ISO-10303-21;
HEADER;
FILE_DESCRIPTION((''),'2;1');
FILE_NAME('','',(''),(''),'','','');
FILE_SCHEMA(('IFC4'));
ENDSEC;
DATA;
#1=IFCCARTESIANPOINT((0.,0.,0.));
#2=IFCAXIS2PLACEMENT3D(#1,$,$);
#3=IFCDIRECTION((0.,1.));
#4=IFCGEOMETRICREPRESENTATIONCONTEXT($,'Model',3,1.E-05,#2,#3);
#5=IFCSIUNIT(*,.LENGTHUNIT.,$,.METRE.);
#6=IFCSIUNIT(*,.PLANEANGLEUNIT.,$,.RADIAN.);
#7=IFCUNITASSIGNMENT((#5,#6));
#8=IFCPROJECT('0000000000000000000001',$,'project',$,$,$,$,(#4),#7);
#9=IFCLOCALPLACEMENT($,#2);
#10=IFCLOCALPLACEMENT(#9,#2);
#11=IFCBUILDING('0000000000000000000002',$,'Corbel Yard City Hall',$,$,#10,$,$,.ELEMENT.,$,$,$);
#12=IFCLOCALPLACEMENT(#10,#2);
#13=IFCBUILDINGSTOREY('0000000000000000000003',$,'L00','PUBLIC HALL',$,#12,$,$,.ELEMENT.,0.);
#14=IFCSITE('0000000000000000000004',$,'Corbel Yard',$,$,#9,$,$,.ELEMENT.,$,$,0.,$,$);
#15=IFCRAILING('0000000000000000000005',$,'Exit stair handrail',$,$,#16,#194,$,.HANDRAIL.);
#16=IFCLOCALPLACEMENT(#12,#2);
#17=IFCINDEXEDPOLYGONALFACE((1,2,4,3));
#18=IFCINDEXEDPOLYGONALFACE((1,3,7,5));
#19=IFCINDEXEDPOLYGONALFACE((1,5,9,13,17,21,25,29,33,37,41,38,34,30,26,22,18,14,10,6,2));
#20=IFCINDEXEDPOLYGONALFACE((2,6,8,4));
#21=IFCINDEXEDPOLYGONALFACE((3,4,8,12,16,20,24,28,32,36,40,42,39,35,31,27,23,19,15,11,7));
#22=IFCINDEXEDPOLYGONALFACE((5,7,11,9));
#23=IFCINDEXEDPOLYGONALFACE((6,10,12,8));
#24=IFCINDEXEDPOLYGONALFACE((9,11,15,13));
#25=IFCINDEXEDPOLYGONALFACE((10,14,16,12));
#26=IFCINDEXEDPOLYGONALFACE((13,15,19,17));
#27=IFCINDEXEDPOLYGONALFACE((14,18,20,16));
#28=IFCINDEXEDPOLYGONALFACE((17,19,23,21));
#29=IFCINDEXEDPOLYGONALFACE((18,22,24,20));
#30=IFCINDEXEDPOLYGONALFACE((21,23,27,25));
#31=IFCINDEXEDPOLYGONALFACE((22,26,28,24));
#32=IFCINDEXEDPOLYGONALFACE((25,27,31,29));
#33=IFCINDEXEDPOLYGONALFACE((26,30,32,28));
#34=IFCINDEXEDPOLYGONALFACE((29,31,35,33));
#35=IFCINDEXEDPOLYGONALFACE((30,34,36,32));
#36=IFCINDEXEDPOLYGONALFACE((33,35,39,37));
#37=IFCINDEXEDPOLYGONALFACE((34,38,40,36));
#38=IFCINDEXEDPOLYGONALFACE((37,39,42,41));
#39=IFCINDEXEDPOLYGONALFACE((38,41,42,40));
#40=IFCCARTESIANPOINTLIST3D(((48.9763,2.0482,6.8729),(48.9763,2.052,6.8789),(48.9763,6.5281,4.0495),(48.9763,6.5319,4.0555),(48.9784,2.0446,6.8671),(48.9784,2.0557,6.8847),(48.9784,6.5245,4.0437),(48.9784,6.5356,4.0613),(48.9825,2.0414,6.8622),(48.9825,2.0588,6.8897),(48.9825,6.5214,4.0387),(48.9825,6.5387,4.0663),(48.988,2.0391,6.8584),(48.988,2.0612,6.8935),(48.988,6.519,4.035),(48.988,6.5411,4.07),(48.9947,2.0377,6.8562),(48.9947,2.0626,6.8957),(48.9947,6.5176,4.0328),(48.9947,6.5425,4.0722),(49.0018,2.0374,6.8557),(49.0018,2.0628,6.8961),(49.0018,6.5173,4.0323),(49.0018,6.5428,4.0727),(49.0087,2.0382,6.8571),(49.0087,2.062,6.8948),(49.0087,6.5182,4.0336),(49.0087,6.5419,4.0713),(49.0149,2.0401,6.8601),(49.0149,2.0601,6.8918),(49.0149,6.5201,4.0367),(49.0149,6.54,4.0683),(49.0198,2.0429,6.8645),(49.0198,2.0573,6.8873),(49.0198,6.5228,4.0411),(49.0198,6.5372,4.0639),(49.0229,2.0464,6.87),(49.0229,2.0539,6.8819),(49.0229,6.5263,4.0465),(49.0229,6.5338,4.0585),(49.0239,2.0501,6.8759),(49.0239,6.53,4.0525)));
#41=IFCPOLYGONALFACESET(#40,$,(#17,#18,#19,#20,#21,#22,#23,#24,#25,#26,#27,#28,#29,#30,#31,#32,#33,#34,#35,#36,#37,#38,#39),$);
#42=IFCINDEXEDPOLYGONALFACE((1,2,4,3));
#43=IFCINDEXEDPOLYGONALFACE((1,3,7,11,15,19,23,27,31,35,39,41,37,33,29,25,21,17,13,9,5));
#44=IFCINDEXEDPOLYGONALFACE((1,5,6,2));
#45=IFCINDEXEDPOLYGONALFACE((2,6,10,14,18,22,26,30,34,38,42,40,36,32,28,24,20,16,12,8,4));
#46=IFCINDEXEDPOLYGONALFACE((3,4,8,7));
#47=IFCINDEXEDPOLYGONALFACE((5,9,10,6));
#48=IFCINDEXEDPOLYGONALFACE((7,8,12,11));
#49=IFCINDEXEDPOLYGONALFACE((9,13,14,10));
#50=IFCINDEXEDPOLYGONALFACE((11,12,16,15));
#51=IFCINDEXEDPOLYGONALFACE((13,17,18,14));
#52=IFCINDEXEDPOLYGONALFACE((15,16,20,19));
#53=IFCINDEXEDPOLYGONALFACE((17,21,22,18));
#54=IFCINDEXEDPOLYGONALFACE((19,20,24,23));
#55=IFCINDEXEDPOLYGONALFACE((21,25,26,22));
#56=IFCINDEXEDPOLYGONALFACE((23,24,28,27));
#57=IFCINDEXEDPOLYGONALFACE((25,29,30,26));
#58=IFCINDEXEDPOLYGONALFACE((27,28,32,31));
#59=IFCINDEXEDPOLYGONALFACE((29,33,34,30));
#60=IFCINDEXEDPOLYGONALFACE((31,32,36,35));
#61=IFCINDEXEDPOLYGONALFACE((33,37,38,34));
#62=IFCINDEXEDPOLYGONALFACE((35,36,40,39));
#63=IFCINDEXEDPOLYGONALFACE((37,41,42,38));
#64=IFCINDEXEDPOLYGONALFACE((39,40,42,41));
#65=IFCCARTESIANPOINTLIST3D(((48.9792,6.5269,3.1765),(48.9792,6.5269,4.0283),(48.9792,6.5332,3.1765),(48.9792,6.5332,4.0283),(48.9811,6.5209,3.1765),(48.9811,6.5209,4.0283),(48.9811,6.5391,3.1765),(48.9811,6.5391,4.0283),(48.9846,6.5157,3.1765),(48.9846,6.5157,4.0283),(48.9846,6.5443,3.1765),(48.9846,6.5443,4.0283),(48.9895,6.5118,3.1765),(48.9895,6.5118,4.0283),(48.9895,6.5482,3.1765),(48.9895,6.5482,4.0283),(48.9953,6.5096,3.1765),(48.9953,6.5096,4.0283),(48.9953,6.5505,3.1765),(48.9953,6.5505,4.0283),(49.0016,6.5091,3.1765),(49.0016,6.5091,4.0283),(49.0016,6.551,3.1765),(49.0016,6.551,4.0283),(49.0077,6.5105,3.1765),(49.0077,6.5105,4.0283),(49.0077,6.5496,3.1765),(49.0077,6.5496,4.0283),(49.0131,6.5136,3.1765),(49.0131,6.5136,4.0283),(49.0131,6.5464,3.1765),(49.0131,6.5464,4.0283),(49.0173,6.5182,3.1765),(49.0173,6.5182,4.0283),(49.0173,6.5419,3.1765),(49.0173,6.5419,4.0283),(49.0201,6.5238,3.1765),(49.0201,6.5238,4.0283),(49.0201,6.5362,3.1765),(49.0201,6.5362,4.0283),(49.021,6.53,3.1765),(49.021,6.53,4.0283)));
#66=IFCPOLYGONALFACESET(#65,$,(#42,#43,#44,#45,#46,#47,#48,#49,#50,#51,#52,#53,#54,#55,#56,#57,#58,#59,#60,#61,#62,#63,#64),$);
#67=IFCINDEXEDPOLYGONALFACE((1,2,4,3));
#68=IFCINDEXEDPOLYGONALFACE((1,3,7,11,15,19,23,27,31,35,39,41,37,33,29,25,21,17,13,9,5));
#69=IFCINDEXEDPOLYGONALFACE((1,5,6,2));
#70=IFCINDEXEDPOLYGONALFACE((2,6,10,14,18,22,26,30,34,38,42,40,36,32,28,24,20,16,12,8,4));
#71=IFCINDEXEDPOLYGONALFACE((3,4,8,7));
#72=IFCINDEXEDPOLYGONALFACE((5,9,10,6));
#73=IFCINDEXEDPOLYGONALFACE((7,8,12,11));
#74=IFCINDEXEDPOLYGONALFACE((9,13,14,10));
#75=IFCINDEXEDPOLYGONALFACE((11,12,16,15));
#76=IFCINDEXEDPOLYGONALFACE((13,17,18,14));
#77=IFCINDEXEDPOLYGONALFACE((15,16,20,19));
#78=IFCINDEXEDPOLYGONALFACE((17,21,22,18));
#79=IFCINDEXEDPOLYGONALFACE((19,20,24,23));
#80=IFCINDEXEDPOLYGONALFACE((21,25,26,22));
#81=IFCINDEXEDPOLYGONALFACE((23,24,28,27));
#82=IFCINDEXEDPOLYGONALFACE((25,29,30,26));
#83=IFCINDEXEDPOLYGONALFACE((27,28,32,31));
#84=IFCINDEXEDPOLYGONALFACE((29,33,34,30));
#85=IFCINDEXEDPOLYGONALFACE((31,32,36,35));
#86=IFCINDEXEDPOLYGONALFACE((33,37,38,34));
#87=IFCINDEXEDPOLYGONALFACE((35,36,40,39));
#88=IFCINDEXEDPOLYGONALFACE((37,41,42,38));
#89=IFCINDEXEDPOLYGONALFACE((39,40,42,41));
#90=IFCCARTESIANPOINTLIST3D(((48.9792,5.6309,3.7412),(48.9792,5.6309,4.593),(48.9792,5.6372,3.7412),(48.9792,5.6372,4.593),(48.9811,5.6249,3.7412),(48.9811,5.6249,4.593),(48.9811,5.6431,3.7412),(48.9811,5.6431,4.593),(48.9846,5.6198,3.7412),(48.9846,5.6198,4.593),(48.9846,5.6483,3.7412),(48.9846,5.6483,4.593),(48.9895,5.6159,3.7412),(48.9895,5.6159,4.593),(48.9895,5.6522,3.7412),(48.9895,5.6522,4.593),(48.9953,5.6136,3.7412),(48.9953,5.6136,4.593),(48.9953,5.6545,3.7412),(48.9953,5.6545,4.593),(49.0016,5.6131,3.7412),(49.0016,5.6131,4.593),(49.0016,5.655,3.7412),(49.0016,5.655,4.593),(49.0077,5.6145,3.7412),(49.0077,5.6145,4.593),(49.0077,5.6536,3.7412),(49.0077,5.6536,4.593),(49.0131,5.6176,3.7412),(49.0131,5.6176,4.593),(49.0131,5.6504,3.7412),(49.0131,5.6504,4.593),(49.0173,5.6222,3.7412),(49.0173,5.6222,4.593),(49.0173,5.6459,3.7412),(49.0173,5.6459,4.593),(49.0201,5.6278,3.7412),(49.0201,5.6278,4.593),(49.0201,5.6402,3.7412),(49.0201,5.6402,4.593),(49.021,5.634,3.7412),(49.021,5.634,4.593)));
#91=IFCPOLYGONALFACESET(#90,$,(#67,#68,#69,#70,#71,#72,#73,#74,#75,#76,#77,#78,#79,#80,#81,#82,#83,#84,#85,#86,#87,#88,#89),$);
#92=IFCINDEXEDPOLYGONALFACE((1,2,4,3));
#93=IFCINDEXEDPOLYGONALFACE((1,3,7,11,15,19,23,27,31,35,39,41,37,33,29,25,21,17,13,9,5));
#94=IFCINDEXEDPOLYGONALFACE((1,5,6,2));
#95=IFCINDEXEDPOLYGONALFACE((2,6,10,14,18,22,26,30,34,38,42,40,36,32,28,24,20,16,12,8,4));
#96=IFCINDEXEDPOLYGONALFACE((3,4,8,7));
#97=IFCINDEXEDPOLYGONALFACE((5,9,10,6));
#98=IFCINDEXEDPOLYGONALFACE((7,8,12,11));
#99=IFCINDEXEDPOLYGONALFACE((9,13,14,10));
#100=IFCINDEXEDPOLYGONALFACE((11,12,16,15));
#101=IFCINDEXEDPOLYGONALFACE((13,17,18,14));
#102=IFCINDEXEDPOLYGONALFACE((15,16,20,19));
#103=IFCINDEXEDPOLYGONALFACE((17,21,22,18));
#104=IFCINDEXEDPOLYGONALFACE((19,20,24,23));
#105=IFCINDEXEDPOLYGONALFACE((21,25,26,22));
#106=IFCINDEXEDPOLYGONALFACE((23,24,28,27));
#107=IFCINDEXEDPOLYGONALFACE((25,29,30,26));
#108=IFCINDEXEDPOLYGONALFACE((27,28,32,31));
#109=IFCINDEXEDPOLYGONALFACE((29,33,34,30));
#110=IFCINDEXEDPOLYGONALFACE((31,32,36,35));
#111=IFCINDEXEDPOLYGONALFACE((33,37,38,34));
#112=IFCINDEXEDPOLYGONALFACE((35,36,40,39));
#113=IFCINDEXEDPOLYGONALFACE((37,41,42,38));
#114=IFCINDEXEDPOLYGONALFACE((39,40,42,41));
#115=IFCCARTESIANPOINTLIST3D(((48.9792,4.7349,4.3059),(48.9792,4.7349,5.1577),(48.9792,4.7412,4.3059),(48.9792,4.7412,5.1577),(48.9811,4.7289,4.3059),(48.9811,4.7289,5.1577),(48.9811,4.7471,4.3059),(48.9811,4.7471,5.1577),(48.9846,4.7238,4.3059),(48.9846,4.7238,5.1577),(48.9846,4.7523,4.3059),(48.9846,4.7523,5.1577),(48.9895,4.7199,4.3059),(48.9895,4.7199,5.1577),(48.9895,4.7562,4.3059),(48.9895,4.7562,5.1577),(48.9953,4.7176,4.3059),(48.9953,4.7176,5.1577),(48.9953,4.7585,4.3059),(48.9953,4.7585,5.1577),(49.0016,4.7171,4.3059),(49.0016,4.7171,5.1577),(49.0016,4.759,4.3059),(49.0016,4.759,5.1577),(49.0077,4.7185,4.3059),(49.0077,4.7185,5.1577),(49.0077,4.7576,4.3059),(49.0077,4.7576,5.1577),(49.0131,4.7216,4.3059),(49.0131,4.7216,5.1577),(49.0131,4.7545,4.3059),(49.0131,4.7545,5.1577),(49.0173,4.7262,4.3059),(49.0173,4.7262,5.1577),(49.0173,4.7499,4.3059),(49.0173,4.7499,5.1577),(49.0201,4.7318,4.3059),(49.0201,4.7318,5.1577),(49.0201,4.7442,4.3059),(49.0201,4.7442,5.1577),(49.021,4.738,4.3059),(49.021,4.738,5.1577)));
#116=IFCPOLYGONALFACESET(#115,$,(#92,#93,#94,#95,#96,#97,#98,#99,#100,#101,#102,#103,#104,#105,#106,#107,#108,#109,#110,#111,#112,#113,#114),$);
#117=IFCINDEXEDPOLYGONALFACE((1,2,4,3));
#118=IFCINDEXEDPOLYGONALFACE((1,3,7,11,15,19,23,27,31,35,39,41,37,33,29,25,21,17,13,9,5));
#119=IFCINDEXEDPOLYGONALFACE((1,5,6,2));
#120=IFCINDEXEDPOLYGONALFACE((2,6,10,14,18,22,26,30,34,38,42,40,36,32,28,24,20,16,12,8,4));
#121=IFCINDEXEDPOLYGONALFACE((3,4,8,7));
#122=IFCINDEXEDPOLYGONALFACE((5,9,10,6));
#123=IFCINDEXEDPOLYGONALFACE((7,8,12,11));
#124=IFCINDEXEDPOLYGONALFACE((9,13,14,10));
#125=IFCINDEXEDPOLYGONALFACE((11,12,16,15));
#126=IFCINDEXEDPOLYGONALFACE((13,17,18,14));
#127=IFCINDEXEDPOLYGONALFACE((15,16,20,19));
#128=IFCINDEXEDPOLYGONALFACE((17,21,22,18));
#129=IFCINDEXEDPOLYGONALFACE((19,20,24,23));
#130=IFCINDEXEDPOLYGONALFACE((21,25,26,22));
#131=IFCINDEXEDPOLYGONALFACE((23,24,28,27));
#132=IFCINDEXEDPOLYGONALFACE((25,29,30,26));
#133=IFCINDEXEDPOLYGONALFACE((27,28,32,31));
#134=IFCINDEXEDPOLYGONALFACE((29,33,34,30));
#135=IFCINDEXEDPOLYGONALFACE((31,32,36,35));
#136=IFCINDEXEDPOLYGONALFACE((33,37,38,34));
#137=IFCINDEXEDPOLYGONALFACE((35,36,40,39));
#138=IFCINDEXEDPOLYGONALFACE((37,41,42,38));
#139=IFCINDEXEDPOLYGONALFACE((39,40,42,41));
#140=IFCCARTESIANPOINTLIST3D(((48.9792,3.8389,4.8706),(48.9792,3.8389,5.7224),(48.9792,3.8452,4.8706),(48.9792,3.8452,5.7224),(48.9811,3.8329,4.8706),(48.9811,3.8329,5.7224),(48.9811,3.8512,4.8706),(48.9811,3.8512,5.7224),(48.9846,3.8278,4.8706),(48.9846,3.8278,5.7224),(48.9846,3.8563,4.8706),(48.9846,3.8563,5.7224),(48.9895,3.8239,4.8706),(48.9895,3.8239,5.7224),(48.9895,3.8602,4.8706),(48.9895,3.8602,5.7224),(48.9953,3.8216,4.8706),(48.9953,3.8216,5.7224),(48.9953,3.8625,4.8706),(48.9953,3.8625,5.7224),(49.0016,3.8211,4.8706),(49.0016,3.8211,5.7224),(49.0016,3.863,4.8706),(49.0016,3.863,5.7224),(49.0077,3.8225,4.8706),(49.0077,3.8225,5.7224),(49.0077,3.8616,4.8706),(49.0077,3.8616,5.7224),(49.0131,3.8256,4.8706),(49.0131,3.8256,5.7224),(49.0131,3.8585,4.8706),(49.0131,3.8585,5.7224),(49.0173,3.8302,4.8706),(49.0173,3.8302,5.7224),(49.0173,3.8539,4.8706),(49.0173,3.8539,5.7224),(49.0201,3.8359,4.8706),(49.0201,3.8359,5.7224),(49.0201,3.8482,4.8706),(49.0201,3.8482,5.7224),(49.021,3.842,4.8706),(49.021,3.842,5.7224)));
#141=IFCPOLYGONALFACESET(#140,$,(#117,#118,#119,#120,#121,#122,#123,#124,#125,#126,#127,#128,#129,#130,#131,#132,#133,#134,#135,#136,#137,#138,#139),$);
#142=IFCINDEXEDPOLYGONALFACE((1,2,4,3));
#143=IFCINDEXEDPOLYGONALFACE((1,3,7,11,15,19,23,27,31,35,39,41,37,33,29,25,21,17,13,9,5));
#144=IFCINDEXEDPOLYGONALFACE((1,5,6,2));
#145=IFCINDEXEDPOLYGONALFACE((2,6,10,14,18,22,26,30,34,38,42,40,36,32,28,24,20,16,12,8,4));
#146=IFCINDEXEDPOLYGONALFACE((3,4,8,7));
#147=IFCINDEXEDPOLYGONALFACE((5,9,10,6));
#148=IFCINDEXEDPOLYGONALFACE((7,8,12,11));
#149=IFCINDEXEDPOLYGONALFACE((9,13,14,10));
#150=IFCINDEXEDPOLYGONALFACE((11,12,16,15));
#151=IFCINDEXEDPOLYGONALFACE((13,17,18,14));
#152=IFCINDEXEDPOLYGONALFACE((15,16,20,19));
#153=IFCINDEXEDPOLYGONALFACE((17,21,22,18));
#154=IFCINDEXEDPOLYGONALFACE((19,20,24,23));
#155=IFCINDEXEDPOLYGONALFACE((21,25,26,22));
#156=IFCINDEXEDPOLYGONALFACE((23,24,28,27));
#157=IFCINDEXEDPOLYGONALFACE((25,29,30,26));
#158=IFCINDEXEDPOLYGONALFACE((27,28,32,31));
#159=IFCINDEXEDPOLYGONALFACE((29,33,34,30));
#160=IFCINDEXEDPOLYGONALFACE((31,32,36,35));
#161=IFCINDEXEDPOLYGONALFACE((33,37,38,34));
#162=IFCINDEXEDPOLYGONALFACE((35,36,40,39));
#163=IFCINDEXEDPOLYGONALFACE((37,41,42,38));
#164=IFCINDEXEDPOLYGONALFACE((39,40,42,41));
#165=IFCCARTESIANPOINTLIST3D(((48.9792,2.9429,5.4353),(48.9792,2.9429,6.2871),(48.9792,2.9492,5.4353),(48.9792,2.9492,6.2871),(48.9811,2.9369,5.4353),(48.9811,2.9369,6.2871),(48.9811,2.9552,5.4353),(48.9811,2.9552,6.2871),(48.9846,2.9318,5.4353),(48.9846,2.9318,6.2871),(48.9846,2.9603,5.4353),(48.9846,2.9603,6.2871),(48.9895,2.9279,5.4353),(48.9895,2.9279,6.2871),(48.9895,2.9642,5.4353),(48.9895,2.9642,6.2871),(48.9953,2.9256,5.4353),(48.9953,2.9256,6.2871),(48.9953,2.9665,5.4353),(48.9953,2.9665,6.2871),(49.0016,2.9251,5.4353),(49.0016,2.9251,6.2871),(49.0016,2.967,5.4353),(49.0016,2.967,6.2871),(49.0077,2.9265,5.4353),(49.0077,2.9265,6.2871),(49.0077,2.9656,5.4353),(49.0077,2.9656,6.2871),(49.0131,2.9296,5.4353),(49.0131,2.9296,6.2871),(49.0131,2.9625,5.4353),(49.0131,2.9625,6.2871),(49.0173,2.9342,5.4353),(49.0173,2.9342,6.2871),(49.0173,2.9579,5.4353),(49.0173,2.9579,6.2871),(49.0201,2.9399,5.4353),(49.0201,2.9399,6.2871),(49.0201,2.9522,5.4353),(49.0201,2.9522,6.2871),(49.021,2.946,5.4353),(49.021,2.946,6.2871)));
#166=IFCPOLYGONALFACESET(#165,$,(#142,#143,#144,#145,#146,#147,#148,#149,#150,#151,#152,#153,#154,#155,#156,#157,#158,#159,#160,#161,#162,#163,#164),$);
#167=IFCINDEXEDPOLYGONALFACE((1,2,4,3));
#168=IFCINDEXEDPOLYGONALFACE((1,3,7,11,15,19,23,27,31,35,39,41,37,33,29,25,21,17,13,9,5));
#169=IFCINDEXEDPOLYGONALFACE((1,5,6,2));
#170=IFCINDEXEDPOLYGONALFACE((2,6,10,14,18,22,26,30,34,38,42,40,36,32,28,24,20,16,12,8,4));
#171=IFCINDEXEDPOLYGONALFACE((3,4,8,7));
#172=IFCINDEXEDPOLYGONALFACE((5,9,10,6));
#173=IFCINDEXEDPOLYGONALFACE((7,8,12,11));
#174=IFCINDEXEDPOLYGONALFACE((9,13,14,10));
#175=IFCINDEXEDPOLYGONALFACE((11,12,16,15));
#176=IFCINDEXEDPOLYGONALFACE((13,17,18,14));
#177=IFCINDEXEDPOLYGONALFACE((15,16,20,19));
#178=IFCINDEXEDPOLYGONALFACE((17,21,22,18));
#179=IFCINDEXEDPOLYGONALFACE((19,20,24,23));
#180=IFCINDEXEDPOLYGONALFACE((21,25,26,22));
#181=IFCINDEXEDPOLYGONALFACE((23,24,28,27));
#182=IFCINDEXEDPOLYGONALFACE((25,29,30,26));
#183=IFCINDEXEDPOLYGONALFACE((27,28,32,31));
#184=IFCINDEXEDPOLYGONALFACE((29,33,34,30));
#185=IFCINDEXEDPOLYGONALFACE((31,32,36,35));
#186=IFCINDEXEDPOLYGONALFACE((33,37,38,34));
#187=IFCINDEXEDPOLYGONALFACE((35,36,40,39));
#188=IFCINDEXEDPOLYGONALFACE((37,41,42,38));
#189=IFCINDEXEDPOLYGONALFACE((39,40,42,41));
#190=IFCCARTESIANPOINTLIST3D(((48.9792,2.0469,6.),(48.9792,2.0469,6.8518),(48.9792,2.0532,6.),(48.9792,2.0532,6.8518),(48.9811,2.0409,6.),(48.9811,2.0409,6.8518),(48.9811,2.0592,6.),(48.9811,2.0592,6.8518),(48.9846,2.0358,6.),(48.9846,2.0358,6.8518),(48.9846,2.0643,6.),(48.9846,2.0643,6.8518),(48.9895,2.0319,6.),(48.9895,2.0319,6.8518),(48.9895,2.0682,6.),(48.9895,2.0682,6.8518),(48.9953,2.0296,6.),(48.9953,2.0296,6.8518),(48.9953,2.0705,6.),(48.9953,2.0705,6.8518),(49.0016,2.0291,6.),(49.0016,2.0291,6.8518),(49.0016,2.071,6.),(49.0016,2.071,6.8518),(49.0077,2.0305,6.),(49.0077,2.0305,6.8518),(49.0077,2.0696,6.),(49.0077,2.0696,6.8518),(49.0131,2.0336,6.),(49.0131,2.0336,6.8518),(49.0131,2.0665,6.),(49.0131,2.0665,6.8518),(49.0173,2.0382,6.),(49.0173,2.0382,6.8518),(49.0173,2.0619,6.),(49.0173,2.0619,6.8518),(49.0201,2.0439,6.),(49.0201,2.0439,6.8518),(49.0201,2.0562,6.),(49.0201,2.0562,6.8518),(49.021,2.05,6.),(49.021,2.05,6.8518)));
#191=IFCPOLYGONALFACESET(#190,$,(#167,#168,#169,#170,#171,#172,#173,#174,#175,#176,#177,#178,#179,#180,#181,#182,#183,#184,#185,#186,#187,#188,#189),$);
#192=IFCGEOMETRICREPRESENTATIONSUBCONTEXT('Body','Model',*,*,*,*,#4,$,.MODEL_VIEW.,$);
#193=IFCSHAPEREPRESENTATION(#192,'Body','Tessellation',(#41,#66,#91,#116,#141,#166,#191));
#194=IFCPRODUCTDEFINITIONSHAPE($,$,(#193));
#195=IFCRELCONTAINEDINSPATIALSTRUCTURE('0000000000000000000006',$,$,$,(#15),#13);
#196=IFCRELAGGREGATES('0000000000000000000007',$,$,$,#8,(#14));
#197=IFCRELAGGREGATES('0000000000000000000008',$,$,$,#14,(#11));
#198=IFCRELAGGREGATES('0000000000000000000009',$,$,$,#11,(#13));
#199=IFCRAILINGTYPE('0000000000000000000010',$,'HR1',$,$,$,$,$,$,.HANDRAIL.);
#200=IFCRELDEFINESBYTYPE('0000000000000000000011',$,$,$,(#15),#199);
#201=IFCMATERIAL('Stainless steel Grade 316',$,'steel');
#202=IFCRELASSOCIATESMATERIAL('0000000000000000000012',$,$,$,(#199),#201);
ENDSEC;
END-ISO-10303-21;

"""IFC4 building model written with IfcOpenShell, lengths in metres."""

from ifc_helpers import new_model, si_unit, direction, frame, origin, origin_2d, place, context, subcontext, project, spatial, circle, extrude, material, type_object, element, save


model = new_model("IFC4")

# Units and contexts
model_context = context("Model", 3, precision=1e-05, world=origin(), true_north=direction((0.0, 1.0)))
body_context = subcontext(model_context, "Body", "Model", "MODEL_VIEW")
ifc_project = project(units=[si_unit("LENGTHUNIT", "METRE"), si_unit("PLANEANGLEUNIT", "RADIAN")], contexts=[model_context])

# Site, building, storey
site_placement = place(None, origin())
site = spatial("IfcSite", under=ifc_project, at=site_placement, Name="Corbel Yard", CompositionType="ELEMENT", RefElevation=0.0)
building_placement = place(site_placement, origin())
building = spatial("IfcBuilding", under=site, at=building_placement, Name="Corbel Yard City Hall", CompositionType="ELEMENT")
storey_placement = place(building_placement, origin())
storey = spatial("IfcBuildingStorey", under=building, at=storey_placement, Name="L00", Description="PUBLIC HALL", CompositionType="ELEMENT", Elevation=0.0)

# Railing
ifc_material_1 = material(Name="Stainless steel Grade 316", Category="steel")
railing_type = type_object("IfcRailingType", Name="HR1", PredefinedType="HANDRAIL", material=ifc_material_1)
railing_placement = place(storey_placement, frame((49.0, 6.53, 3.1765)))
element("IfcRailing", 1, at=railing_placement, inside=storey, type_object=railing_type, Name="Exit stair handrail", PredefinedType="HANDRAIL", context=body_context, shape_type="SweptSolid", body=[
    extrude(circle(Radius=0.0239, at=origin_2d()), frame((0.0, 0.0, 0.876), z_axis=(0.0, -0.845998, 0.533186), x_axis=(1.0, 0.0, 0.0)), (0.0, 0.0, 1.0), 5.2954),
    extrude(circle(Radius=0.021, at=origin_2d()), origin(), (0.0, 0.0, 1.0), 0.8518),
    extrude(circle(Radius=0.021, at=origin_2d()), frame((0.0, -0.896, 0.5647)), (0.0, 0.0, 1.0), 0.8518),
    extrude(circle(Radius=0.021, at=origin_2d()), frame((0.0, -1.792, 1.1294)), (0.0, 0.0, 1.0), 0.8518),
    extrude(circle(Radius=0.021, at=origin_2d()), frame((0.0, -2.688, 1.6941)), (0.0, 0.0, 1.0), 0.8518),
    extrude(circle(Radius=0.021, at=origin_2d()), frame((0.0, -3.584, 2.2588)), (0.0, 0.0, 1.0), 0.8518),
    extrude(circle(Radius=0.021, at=origin_2d()), frame((0.0, -4.48, 2.8235)), (0.0, 0.0, 1.0), 0.8518),
])

save(model, "model.ifc")
